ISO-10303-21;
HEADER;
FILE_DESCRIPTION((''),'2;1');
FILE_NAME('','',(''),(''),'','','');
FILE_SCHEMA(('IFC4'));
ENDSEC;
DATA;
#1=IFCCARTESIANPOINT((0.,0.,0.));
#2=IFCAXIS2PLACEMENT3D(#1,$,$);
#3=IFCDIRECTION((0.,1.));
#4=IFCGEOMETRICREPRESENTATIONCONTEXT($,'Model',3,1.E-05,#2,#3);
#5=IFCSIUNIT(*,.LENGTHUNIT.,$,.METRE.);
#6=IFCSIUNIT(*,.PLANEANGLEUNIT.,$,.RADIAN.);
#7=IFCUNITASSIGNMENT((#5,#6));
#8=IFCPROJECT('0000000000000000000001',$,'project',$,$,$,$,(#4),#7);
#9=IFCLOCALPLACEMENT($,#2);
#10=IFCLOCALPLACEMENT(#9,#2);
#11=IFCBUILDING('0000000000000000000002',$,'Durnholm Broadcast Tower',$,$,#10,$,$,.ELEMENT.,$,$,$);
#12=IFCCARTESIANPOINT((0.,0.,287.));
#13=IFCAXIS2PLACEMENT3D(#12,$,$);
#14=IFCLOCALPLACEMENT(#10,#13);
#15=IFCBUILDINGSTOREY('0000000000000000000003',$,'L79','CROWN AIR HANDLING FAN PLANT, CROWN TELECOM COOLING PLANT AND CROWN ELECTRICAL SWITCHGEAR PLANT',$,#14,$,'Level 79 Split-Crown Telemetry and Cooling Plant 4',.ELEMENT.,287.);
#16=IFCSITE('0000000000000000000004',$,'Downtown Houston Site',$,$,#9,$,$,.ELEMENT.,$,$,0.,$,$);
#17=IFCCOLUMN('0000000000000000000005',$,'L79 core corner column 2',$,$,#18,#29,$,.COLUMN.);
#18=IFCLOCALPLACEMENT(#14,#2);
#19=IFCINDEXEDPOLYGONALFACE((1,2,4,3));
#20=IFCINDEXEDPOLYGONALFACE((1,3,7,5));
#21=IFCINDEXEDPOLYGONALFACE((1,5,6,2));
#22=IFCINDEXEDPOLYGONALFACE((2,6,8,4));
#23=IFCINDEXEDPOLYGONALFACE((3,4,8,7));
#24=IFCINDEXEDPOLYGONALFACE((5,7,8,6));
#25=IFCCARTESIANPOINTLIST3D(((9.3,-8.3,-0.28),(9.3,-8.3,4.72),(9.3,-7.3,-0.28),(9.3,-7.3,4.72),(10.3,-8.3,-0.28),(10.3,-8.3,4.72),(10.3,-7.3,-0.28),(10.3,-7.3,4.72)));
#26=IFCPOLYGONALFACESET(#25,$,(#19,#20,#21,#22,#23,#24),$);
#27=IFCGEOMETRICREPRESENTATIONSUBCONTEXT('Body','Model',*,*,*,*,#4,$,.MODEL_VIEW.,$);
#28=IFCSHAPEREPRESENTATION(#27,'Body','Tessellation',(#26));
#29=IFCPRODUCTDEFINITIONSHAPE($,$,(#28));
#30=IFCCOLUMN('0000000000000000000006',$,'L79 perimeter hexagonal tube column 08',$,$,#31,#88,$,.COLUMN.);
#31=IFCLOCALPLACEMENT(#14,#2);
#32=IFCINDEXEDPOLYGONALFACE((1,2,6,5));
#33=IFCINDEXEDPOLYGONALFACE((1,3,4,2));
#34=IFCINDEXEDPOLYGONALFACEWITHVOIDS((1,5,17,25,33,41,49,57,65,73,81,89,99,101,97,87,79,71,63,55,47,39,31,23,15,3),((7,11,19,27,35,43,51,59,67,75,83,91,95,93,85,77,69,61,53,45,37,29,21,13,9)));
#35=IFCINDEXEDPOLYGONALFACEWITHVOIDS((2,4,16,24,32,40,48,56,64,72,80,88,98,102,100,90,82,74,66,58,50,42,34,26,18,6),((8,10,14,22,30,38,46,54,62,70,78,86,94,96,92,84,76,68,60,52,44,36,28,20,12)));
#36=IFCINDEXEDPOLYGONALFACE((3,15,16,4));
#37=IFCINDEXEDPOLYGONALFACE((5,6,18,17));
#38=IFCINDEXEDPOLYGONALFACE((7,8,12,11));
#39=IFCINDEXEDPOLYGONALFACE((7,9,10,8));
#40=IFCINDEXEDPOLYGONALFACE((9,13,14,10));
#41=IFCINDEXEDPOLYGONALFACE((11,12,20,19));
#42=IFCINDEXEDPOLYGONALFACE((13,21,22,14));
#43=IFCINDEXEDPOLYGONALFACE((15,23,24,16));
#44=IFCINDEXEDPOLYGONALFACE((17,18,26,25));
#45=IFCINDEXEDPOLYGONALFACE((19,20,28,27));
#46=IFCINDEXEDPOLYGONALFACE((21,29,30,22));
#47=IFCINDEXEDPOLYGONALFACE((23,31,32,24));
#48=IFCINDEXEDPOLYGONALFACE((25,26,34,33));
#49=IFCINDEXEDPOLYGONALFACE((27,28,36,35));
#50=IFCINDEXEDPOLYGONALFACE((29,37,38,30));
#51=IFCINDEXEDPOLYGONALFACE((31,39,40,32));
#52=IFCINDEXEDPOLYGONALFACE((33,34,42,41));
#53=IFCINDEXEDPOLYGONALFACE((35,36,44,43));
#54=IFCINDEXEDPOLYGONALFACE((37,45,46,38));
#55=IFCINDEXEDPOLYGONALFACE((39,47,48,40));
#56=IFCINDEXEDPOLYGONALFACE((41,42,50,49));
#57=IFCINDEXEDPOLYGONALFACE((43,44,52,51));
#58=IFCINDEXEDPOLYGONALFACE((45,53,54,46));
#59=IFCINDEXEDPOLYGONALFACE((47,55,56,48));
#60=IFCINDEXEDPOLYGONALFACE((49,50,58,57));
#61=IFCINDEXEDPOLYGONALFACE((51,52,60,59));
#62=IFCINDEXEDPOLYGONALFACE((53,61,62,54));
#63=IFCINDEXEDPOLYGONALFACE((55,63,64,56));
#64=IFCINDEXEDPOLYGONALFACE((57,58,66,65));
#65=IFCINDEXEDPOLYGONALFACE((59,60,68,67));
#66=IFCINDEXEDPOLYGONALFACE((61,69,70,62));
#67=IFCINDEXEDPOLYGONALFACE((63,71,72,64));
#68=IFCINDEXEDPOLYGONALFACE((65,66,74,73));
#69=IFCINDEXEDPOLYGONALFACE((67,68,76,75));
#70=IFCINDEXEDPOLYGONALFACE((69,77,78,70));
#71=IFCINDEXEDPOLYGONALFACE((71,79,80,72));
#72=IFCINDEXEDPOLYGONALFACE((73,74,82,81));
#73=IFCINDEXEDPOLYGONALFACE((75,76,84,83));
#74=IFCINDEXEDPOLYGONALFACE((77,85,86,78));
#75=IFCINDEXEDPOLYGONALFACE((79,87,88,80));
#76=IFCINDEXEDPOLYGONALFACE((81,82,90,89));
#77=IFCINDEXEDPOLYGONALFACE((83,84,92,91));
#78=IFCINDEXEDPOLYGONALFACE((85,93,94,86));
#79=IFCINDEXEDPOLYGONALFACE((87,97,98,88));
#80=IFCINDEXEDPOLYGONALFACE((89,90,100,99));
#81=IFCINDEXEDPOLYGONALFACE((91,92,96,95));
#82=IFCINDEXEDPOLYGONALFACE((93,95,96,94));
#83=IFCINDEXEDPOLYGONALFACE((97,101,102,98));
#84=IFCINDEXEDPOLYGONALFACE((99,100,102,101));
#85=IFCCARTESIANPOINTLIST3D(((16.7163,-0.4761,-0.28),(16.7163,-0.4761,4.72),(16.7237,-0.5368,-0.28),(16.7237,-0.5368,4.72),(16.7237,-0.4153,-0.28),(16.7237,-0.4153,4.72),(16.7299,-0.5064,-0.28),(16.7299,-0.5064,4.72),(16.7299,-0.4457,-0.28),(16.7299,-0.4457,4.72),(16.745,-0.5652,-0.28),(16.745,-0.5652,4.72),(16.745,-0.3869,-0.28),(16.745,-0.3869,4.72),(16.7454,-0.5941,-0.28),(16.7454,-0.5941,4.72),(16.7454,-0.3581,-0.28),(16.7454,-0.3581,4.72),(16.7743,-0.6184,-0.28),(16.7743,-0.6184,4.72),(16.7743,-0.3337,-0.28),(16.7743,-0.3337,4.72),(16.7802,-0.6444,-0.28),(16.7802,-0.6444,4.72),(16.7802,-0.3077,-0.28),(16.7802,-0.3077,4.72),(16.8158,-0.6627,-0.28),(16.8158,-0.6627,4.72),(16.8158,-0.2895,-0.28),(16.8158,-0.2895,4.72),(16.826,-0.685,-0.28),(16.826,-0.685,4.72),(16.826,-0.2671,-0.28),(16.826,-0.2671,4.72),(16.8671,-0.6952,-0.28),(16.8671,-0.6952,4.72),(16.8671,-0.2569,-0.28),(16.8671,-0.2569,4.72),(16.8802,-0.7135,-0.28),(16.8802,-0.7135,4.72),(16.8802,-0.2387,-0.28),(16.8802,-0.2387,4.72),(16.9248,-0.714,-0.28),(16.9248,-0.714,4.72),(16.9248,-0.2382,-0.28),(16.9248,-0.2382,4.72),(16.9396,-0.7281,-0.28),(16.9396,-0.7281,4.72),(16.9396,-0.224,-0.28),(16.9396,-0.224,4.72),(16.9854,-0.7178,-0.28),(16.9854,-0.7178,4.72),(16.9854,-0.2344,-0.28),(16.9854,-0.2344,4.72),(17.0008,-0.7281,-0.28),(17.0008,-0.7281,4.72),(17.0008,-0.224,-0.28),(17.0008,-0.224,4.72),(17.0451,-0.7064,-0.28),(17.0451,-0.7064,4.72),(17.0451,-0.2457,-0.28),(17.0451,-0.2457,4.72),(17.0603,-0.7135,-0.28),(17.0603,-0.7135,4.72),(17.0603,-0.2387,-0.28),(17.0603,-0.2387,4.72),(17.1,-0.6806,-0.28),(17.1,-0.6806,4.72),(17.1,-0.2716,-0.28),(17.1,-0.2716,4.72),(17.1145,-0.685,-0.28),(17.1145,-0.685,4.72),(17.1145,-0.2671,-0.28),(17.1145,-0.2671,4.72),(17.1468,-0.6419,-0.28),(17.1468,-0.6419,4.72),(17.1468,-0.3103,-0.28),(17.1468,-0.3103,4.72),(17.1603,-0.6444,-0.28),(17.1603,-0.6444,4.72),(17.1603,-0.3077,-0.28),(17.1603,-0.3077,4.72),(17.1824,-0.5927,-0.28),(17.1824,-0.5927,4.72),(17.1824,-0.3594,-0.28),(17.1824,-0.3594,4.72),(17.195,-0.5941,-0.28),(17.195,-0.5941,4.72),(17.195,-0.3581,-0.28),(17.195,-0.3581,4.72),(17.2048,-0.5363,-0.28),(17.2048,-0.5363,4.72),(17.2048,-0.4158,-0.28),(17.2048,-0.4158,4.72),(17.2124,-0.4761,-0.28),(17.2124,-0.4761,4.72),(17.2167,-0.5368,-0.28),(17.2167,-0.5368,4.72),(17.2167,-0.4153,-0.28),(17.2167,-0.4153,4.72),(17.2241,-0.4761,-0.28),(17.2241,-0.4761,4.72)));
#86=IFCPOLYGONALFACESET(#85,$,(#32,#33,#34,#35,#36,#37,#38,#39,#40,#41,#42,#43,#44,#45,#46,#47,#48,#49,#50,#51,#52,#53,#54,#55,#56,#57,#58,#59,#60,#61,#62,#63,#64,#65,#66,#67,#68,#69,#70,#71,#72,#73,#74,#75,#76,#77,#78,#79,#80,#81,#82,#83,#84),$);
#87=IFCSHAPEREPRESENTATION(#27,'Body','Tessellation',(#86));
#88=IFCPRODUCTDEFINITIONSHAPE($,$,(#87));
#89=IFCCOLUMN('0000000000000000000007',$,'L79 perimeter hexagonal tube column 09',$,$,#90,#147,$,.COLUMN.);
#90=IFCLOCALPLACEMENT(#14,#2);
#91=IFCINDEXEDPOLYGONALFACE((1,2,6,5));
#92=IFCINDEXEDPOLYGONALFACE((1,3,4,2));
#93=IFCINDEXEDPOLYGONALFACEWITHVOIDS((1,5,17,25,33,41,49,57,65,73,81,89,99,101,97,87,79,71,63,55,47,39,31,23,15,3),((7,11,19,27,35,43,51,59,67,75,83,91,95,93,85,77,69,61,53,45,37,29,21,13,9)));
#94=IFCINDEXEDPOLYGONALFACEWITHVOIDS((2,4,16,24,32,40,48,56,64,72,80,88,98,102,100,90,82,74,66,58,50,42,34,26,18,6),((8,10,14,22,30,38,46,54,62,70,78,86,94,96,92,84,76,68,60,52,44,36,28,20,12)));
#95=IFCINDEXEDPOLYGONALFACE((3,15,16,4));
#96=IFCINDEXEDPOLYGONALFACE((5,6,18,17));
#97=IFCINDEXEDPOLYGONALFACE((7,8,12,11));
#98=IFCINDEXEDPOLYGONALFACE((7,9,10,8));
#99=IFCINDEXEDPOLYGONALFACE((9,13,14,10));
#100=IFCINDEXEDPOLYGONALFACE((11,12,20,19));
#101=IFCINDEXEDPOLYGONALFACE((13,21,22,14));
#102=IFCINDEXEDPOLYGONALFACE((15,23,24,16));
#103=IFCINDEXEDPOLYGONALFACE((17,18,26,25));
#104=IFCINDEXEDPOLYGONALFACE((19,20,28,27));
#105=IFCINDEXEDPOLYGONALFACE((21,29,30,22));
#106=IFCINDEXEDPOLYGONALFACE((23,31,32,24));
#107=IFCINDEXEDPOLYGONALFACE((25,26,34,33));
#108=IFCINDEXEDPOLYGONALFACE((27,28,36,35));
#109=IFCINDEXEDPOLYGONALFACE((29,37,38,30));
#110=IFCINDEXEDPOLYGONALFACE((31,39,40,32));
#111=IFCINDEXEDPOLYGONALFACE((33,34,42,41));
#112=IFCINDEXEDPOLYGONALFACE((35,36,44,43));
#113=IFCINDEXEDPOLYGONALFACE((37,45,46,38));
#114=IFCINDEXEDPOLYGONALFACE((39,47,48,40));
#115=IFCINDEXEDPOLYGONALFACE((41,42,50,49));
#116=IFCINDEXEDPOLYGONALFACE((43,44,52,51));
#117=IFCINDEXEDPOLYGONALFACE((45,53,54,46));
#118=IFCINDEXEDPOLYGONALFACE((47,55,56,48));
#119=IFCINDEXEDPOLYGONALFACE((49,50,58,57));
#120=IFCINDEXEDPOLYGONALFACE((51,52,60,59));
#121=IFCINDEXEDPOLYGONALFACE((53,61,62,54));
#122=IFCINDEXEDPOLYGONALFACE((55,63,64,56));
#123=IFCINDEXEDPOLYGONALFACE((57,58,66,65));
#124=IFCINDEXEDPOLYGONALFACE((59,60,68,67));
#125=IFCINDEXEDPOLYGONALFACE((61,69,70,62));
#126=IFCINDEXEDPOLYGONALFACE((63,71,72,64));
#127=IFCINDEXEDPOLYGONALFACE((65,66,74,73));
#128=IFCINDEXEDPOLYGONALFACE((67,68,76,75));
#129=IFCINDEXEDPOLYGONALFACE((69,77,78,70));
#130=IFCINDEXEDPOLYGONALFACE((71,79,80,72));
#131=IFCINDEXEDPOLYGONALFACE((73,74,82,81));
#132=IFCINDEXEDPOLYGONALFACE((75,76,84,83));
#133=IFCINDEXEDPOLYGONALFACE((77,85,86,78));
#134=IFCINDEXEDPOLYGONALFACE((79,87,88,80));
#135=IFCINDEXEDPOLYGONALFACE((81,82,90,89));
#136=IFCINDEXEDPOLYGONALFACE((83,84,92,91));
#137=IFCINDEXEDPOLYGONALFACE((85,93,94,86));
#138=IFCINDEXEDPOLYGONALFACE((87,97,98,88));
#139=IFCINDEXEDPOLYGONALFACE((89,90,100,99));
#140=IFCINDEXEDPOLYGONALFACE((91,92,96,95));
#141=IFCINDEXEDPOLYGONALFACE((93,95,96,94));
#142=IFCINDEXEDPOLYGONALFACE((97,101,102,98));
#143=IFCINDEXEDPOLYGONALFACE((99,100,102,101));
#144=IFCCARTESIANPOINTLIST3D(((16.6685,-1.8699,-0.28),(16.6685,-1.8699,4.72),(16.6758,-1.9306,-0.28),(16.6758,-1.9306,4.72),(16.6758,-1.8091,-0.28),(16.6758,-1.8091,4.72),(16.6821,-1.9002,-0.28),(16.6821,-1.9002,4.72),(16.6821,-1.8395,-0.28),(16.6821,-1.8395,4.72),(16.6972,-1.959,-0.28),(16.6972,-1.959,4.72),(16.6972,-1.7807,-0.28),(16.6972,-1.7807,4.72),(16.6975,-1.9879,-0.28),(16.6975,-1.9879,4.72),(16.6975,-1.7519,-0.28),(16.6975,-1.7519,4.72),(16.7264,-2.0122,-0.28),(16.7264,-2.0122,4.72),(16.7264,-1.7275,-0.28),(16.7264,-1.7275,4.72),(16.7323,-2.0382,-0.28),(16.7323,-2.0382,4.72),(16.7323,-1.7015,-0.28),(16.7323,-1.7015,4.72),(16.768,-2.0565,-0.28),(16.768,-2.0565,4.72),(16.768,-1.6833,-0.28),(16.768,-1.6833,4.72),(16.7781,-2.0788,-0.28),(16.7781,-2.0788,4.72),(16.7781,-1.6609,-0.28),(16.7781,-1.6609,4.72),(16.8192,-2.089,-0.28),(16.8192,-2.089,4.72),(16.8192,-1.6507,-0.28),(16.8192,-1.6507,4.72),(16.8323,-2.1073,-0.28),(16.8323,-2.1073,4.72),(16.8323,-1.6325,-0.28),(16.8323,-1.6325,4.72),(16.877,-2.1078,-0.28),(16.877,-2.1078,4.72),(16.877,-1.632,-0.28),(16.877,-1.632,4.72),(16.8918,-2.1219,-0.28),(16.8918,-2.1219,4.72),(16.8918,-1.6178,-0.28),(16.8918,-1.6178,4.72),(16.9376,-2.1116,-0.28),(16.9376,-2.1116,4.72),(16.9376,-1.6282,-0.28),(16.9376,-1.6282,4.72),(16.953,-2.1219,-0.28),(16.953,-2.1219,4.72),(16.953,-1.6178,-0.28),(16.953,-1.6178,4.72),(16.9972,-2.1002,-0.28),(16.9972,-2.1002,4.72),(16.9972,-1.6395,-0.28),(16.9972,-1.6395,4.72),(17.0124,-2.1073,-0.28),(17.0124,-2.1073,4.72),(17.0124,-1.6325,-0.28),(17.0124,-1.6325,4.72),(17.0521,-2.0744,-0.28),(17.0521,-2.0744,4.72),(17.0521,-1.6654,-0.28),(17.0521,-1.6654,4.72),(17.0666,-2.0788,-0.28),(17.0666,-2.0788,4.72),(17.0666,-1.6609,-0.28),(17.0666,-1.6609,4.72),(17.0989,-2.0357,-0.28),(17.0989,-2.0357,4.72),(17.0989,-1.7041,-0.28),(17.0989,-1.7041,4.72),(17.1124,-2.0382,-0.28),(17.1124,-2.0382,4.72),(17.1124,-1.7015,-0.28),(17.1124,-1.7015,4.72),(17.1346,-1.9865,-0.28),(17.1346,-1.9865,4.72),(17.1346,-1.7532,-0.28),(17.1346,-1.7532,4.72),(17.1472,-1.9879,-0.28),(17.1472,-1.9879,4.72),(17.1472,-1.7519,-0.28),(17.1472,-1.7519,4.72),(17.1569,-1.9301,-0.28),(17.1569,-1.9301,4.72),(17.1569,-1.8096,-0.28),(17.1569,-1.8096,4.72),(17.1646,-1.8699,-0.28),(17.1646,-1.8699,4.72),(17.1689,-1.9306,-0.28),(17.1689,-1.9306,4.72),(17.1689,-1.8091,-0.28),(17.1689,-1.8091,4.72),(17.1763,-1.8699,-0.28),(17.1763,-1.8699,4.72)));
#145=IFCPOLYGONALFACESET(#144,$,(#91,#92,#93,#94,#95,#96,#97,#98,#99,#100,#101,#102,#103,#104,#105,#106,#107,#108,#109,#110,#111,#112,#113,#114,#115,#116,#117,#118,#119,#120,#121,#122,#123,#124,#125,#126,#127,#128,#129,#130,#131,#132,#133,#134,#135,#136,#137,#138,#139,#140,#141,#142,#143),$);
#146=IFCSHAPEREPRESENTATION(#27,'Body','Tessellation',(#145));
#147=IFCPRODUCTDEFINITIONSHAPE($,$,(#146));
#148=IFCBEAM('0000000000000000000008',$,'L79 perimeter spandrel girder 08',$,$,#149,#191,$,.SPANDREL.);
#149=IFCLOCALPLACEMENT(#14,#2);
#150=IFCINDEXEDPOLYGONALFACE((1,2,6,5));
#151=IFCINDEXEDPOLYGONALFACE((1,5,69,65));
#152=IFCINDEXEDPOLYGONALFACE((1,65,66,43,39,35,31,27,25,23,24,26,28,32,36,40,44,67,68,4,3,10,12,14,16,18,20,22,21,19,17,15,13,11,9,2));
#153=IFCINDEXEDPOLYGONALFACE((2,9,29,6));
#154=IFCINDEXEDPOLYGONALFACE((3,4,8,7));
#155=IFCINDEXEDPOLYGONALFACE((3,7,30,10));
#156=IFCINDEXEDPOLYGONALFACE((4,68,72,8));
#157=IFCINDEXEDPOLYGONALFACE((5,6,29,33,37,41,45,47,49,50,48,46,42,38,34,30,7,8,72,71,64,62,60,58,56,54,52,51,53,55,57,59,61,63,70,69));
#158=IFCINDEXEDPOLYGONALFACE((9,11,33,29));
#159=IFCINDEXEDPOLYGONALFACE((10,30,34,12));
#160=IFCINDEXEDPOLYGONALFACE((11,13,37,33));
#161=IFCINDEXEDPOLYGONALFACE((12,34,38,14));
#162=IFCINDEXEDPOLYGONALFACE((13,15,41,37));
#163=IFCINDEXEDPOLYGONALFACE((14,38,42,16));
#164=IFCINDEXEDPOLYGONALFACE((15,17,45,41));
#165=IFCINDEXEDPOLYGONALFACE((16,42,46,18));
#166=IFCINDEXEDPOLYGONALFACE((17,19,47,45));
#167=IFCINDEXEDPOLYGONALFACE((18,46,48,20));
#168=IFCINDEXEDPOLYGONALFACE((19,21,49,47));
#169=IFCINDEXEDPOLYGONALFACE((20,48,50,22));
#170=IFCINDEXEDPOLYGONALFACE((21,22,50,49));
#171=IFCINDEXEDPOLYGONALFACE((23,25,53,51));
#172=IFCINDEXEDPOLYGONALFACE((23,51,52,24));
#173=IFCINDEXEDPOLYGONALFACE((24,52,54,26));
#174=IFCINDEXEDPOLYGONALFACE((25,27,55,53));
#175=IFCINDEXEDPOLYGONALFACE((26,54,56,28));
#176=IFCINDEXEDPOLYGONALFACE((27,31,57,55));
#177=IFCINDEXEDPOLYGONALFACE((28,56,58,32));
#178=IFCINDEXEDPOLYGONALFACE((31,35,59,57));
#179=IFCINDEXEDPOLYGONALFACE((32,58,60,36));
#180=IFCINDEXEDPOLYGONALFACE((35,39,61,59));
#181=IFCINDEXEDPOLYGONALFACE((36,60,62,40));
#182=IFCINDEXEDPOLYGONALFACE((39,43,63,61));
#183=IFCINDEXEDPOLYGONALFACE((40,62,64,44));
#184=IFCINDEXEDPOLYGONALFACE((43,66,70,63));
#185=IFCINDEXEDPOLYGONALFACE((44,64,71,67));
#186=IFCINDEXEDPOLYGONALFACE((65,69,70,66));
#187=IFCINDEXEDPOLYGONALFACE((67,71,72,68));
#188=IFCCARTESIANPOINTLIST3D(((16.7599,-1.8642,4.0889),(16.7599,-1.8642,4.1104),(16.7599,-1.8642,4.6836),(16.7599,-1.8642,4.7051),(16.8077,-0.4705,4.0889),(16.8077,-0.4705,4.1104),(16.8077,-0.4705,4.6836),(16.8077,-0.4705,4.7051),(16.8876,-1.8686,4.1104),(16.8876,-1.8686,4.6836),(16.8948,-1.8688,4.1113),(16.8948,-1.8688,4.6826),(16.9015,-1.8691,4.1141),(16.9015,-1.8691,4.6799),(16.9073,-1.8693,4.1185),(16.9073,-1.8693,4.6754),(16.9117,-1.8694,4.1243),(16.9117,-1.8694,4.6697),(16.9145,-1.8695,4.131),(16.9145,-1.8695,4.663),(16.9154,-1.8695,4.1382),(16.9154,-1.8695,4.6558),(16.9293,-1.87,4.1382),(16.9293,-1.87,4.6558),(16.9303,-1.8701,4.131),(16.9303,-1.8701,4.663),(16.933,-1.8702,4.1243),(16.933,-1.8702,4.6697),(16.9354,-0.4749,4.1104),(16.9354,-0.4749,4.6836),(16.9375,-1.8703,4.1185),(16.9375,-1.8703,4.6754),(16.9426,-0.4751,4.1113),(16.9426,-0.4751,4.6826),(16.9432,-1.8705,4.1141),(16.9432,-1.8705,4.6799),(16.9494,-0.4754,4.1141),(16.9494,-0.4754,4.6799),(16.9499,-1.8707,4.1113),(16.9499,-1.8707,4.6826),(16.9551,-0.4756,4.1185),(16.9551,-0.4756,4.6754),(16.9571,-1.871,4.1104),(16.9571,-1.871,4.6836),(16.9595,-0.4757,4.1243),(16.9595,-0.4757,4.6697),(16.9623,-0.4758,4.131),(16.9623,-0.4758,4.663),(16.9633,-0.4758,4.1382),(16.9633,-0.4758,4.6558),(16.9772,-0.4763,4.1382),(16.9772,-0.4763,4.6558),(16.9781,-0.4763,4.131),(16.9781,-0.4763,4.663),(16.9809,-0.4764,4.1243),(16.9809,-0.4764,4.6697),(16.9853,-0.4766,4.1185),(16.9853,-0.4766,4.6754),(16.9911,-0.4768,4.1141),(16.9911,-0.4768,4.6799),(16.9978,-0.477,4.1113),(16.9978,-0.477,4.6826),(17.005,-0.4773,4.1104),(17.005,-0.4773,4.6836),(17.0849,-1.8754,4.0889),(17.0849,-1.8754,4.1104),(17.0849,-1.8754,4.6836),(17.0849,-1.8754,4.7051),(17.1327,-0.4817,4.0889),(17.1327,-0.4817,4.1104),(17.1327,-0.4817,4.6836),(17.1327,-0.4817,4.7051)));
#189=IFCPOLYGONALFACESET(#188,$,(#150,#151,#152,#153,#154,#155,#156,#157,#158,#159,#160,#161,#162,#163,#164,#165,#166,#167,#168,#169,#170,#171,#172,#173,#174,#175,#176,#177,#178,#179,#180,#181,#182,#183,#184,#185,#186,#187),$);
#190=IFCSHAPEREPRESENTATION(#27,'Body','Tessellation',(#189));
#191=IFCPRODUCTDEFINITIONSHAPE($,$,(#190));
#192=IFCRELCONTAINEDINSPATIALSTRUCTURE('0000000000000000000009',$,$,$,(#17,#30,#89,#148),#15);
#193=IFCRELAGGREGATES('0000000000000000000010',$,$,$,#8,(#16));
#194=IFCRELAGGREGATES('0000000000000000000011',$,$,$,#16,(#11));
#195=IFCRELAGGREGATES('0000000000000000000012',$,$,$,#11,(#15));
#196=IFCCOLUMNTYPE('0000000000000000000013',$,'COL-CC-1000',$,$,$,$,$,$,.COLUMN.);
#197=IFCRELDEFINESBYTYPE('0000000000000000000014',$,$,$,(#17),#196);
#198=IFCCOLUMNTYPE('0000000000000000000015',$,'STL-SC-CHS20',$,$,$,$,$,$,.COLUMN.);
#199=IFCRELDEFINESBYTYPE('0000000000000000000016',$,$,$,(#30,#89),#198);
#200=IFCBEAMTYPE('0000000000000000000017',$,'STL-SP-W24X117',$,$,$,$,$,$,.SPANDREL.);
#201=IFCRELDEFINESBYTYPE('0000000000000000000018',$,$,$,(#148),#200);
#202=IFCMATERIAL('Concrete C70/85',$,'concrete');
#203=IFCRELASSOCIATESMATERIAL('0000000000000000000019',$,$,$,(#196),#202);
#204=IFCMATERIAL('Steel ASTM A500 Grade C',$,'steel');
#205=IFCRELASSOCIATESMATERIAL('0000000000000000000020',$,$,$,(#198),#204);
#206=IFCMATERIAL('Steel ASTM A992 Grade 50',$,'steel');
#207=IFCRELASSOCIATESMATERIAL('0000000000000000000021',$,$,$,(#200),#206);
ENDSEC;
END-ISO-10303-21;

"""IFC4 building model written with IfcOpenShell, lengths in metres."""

from ifc_helpers import new_model, si_unit, direction, frame, origin, origin_2d, place, context, subcontext, project, spatial, rectangle, hollow_circle, i_section, extrude, source, transform, mapped, material, material_profile, profile_set, type_object, type_shapes, element, save


model = new_model("IFC4")

# Units and contexts
model_context = context("Model", 3, precision=1e-05, world=origin(), true_north=direction((0.0, 1.0)))
body_context = subcontext(model_context, "Body", "Model", "MODEL_VIEW")
ifc_project = project(units=[si_unit("LENGTHUNIT", "METRE"), si_unit("PLANEANGLEUNIT", "RADIAN")], contexts=[model_context])

# Site, building, storey
site_placement = place(None, origin())
site = spatial("IfcSite", under=ifc_project, at=site_placement, Name="Downtown Houston Site", CompositionType="ELEMENT", RefElevation=0.0)
building_placement = place(site_placement, origin())
building = spatial("IfcBuilding", under=site, at=building_placement, Name="Durnholm Broadcast Tower", CompositionType="ELEMENT")
storey_placement = place(building_placement, frame((0.0, 0.0, 287.0)))
storey = spatial("IfcBuildingStorey", under=building, at=storey_placement, Name="L79", Description="CROWN AIR HANDLING FAN PLANT, CROWN TELECOM COOLING PLANT AND CROWN ELECTRICAL SWITCHGEAR PLANT", LongName="Level 79 Split-Crown Telemetry and Cooling Plant 4", CompositionType="ELEMENT", Elevation=287.0)

# Columns
ifc_material_1 = material(Name="Concrete C70/85", Category="concrete")
ifc_material_profile_1 = material_profile(ifc_material_1, rectangle(XDim=1.0, YDim=1.0, at=origin_2d()), Name="RC1000X1000")
ifc_profile_set_1 = profile_set([ifc_material_profile_1], Name="Concrete C70/85")
column_type_1 = type_object("IfcColumnType", Name="COL-CC-1000", PredefinedType="COLUMN", material=ifc_profile_set_1)
shared_shape_1 = source(origin(), body_context, "Body", "SweptSolid", [
    extrude(rectangle(XDim=1.0, YDim=1.0, at=origin_2d()), origin(), (0.0, 0.0, 1.0), 5.0),
])
type_shapes(column_type_1, [shared_shape_1])
column_placement = place(storey_placement, frame((9.8, -7.8, -0.28), z_axis=(0.0, 0.0, 1.0), x_axis=(1.0, 0.0, 0.0)))
element("IfcColumn", 1, at=column_placement, inside=storey, type_object=column_type_1, Name="L79 core corner column 2", PredefinedType="COLUMN", context=body_context, shape_type="MappedRepresentation", body=[
    mapped(shared_shape_1, transform((0.0, 0.0, 0.0), x_axis=(1.0, 0.0, 0.0), y_axis=(0.0, 1.0, 0.0), z_axis=(0.0, 0.0, 1.0), scale=1.0)),
])
ifc_material_2 = material(Name="Steel ASTM A500 Grade C", Category="steel")
ifc_material_profile_2 = material_profile(ifc_material_2, hollow_circle(Radius=0.2539, WallThickness=0.0117, at=origin_2d()), Name="HSS20.000X0.500")
ifc_profile_set_2 = profile_set([ifc_material_profile_2], Name="Steel ASTM A500 Grade C")
column_type_2 = type_object("IfcColumnType", Name="STL-SC-CHS20", PredefinedType="COLUMN", material=ifc_profile_set_2)
shared_shape_2 = source(origin(), body_context, "Body", "SweptSolid", [
    extrude(hollow_circle(Radius=0.2539, WallThickness=0.0117, at=origin_2d()), origin(), (0.0, 0.0, 1.0), 5.0),
])
type_shapes(column_type_2, [shared_shape_2])
for number, where, z_axis, x_axis, name in (
    (2, (16.9702, -0.4761, -0.28), (0.0, 0.0, 1.0), (1.0, 0.0, 0.0), "L79 perimeter hexagonal tube column 08"),
    (3, (16.9224, -1.8699, -0.28), (0.0, 0.0, 1.0), (1.0, 0.0, 0.0), "L79 perimeter hexagonal tube column 09"),
):
    element("IfcColumn", number, at=place(storey_placement, frame(where, z_axis=z_axis, x_axis=x_axis)), inside=storey, type_object=column_type_2, Name=name, PredefinedType="COLUMN", context=body_context, shape_type="MappedRepresentation", body=[
        mapped(shared_shape_2, transform((0.0, 0.0, 0.0), x_axis=(1.0, 0.0, 0.0), y_axis=(0.0, 1.0, 0.0), z_axis=(0.0, 0.0, 1.0), scale=1.0)),
    ])

# Beam
ifc_material_3 = material(Name="Steel ASTM A992 Grade 50", Category="steel")
ifc_material_profile_3 = material_profile(ifc_material_3, i_section(OverallWidth=0.3252, OverallDepth=0.6162, WebThickness=0.0139, FlangeThickness=0.0215, FilletRadius=0.0278, at=origin_2d()), Name="W24X117")
ifc_profile_set_3 = profile_set([ifc_material_profile_3], Name="Steel ASTM A992 Grade 50")
beam_type_1 = type_object("IfcBeamType", Name="STL-SP-W24X117", PredefinedType="SPANDREL", material=ifc_profile_set_3)
shared_shape_3 = source(origin(), body_context, "Body", "SweptSolid", [
    extrude(i_section(OverallWidth=0.3252, OverallDepth=0.6162, WebThickness=0.0139, FlangeThickness=0.0215, FilletRadius=0.0278, at=origin_2d()), origin(), (0.0, 0.0, 1.0), 1.3945),
])
beam_1_placement = place(storey_placement, frame((16.9702, -0.4761, 4.397), z_axis=(-0.034312, -0.999411, 0.0), x_axis=(0.999411, -0.034312, 0.0)))
element("IfcBeam", 4, at=beam_1_placement, inside=storey, type_object=beam_type_1, Name="L79 perimeter spandrel girder 08", PredefinedType="SPANDREL", context=body_context, shape_type="MappedRepresentation", body=[
    mapped(shared_shape_3, transform((0.0, 0.0, 0.0), x_axis=(1.0, 0.0, 0.0), y_axis=(0.0, 1.0, 0.0), z_axis=(0.0, 0.0, 1.0), scale=1.0)),
])

save(model, "model.ifc")
